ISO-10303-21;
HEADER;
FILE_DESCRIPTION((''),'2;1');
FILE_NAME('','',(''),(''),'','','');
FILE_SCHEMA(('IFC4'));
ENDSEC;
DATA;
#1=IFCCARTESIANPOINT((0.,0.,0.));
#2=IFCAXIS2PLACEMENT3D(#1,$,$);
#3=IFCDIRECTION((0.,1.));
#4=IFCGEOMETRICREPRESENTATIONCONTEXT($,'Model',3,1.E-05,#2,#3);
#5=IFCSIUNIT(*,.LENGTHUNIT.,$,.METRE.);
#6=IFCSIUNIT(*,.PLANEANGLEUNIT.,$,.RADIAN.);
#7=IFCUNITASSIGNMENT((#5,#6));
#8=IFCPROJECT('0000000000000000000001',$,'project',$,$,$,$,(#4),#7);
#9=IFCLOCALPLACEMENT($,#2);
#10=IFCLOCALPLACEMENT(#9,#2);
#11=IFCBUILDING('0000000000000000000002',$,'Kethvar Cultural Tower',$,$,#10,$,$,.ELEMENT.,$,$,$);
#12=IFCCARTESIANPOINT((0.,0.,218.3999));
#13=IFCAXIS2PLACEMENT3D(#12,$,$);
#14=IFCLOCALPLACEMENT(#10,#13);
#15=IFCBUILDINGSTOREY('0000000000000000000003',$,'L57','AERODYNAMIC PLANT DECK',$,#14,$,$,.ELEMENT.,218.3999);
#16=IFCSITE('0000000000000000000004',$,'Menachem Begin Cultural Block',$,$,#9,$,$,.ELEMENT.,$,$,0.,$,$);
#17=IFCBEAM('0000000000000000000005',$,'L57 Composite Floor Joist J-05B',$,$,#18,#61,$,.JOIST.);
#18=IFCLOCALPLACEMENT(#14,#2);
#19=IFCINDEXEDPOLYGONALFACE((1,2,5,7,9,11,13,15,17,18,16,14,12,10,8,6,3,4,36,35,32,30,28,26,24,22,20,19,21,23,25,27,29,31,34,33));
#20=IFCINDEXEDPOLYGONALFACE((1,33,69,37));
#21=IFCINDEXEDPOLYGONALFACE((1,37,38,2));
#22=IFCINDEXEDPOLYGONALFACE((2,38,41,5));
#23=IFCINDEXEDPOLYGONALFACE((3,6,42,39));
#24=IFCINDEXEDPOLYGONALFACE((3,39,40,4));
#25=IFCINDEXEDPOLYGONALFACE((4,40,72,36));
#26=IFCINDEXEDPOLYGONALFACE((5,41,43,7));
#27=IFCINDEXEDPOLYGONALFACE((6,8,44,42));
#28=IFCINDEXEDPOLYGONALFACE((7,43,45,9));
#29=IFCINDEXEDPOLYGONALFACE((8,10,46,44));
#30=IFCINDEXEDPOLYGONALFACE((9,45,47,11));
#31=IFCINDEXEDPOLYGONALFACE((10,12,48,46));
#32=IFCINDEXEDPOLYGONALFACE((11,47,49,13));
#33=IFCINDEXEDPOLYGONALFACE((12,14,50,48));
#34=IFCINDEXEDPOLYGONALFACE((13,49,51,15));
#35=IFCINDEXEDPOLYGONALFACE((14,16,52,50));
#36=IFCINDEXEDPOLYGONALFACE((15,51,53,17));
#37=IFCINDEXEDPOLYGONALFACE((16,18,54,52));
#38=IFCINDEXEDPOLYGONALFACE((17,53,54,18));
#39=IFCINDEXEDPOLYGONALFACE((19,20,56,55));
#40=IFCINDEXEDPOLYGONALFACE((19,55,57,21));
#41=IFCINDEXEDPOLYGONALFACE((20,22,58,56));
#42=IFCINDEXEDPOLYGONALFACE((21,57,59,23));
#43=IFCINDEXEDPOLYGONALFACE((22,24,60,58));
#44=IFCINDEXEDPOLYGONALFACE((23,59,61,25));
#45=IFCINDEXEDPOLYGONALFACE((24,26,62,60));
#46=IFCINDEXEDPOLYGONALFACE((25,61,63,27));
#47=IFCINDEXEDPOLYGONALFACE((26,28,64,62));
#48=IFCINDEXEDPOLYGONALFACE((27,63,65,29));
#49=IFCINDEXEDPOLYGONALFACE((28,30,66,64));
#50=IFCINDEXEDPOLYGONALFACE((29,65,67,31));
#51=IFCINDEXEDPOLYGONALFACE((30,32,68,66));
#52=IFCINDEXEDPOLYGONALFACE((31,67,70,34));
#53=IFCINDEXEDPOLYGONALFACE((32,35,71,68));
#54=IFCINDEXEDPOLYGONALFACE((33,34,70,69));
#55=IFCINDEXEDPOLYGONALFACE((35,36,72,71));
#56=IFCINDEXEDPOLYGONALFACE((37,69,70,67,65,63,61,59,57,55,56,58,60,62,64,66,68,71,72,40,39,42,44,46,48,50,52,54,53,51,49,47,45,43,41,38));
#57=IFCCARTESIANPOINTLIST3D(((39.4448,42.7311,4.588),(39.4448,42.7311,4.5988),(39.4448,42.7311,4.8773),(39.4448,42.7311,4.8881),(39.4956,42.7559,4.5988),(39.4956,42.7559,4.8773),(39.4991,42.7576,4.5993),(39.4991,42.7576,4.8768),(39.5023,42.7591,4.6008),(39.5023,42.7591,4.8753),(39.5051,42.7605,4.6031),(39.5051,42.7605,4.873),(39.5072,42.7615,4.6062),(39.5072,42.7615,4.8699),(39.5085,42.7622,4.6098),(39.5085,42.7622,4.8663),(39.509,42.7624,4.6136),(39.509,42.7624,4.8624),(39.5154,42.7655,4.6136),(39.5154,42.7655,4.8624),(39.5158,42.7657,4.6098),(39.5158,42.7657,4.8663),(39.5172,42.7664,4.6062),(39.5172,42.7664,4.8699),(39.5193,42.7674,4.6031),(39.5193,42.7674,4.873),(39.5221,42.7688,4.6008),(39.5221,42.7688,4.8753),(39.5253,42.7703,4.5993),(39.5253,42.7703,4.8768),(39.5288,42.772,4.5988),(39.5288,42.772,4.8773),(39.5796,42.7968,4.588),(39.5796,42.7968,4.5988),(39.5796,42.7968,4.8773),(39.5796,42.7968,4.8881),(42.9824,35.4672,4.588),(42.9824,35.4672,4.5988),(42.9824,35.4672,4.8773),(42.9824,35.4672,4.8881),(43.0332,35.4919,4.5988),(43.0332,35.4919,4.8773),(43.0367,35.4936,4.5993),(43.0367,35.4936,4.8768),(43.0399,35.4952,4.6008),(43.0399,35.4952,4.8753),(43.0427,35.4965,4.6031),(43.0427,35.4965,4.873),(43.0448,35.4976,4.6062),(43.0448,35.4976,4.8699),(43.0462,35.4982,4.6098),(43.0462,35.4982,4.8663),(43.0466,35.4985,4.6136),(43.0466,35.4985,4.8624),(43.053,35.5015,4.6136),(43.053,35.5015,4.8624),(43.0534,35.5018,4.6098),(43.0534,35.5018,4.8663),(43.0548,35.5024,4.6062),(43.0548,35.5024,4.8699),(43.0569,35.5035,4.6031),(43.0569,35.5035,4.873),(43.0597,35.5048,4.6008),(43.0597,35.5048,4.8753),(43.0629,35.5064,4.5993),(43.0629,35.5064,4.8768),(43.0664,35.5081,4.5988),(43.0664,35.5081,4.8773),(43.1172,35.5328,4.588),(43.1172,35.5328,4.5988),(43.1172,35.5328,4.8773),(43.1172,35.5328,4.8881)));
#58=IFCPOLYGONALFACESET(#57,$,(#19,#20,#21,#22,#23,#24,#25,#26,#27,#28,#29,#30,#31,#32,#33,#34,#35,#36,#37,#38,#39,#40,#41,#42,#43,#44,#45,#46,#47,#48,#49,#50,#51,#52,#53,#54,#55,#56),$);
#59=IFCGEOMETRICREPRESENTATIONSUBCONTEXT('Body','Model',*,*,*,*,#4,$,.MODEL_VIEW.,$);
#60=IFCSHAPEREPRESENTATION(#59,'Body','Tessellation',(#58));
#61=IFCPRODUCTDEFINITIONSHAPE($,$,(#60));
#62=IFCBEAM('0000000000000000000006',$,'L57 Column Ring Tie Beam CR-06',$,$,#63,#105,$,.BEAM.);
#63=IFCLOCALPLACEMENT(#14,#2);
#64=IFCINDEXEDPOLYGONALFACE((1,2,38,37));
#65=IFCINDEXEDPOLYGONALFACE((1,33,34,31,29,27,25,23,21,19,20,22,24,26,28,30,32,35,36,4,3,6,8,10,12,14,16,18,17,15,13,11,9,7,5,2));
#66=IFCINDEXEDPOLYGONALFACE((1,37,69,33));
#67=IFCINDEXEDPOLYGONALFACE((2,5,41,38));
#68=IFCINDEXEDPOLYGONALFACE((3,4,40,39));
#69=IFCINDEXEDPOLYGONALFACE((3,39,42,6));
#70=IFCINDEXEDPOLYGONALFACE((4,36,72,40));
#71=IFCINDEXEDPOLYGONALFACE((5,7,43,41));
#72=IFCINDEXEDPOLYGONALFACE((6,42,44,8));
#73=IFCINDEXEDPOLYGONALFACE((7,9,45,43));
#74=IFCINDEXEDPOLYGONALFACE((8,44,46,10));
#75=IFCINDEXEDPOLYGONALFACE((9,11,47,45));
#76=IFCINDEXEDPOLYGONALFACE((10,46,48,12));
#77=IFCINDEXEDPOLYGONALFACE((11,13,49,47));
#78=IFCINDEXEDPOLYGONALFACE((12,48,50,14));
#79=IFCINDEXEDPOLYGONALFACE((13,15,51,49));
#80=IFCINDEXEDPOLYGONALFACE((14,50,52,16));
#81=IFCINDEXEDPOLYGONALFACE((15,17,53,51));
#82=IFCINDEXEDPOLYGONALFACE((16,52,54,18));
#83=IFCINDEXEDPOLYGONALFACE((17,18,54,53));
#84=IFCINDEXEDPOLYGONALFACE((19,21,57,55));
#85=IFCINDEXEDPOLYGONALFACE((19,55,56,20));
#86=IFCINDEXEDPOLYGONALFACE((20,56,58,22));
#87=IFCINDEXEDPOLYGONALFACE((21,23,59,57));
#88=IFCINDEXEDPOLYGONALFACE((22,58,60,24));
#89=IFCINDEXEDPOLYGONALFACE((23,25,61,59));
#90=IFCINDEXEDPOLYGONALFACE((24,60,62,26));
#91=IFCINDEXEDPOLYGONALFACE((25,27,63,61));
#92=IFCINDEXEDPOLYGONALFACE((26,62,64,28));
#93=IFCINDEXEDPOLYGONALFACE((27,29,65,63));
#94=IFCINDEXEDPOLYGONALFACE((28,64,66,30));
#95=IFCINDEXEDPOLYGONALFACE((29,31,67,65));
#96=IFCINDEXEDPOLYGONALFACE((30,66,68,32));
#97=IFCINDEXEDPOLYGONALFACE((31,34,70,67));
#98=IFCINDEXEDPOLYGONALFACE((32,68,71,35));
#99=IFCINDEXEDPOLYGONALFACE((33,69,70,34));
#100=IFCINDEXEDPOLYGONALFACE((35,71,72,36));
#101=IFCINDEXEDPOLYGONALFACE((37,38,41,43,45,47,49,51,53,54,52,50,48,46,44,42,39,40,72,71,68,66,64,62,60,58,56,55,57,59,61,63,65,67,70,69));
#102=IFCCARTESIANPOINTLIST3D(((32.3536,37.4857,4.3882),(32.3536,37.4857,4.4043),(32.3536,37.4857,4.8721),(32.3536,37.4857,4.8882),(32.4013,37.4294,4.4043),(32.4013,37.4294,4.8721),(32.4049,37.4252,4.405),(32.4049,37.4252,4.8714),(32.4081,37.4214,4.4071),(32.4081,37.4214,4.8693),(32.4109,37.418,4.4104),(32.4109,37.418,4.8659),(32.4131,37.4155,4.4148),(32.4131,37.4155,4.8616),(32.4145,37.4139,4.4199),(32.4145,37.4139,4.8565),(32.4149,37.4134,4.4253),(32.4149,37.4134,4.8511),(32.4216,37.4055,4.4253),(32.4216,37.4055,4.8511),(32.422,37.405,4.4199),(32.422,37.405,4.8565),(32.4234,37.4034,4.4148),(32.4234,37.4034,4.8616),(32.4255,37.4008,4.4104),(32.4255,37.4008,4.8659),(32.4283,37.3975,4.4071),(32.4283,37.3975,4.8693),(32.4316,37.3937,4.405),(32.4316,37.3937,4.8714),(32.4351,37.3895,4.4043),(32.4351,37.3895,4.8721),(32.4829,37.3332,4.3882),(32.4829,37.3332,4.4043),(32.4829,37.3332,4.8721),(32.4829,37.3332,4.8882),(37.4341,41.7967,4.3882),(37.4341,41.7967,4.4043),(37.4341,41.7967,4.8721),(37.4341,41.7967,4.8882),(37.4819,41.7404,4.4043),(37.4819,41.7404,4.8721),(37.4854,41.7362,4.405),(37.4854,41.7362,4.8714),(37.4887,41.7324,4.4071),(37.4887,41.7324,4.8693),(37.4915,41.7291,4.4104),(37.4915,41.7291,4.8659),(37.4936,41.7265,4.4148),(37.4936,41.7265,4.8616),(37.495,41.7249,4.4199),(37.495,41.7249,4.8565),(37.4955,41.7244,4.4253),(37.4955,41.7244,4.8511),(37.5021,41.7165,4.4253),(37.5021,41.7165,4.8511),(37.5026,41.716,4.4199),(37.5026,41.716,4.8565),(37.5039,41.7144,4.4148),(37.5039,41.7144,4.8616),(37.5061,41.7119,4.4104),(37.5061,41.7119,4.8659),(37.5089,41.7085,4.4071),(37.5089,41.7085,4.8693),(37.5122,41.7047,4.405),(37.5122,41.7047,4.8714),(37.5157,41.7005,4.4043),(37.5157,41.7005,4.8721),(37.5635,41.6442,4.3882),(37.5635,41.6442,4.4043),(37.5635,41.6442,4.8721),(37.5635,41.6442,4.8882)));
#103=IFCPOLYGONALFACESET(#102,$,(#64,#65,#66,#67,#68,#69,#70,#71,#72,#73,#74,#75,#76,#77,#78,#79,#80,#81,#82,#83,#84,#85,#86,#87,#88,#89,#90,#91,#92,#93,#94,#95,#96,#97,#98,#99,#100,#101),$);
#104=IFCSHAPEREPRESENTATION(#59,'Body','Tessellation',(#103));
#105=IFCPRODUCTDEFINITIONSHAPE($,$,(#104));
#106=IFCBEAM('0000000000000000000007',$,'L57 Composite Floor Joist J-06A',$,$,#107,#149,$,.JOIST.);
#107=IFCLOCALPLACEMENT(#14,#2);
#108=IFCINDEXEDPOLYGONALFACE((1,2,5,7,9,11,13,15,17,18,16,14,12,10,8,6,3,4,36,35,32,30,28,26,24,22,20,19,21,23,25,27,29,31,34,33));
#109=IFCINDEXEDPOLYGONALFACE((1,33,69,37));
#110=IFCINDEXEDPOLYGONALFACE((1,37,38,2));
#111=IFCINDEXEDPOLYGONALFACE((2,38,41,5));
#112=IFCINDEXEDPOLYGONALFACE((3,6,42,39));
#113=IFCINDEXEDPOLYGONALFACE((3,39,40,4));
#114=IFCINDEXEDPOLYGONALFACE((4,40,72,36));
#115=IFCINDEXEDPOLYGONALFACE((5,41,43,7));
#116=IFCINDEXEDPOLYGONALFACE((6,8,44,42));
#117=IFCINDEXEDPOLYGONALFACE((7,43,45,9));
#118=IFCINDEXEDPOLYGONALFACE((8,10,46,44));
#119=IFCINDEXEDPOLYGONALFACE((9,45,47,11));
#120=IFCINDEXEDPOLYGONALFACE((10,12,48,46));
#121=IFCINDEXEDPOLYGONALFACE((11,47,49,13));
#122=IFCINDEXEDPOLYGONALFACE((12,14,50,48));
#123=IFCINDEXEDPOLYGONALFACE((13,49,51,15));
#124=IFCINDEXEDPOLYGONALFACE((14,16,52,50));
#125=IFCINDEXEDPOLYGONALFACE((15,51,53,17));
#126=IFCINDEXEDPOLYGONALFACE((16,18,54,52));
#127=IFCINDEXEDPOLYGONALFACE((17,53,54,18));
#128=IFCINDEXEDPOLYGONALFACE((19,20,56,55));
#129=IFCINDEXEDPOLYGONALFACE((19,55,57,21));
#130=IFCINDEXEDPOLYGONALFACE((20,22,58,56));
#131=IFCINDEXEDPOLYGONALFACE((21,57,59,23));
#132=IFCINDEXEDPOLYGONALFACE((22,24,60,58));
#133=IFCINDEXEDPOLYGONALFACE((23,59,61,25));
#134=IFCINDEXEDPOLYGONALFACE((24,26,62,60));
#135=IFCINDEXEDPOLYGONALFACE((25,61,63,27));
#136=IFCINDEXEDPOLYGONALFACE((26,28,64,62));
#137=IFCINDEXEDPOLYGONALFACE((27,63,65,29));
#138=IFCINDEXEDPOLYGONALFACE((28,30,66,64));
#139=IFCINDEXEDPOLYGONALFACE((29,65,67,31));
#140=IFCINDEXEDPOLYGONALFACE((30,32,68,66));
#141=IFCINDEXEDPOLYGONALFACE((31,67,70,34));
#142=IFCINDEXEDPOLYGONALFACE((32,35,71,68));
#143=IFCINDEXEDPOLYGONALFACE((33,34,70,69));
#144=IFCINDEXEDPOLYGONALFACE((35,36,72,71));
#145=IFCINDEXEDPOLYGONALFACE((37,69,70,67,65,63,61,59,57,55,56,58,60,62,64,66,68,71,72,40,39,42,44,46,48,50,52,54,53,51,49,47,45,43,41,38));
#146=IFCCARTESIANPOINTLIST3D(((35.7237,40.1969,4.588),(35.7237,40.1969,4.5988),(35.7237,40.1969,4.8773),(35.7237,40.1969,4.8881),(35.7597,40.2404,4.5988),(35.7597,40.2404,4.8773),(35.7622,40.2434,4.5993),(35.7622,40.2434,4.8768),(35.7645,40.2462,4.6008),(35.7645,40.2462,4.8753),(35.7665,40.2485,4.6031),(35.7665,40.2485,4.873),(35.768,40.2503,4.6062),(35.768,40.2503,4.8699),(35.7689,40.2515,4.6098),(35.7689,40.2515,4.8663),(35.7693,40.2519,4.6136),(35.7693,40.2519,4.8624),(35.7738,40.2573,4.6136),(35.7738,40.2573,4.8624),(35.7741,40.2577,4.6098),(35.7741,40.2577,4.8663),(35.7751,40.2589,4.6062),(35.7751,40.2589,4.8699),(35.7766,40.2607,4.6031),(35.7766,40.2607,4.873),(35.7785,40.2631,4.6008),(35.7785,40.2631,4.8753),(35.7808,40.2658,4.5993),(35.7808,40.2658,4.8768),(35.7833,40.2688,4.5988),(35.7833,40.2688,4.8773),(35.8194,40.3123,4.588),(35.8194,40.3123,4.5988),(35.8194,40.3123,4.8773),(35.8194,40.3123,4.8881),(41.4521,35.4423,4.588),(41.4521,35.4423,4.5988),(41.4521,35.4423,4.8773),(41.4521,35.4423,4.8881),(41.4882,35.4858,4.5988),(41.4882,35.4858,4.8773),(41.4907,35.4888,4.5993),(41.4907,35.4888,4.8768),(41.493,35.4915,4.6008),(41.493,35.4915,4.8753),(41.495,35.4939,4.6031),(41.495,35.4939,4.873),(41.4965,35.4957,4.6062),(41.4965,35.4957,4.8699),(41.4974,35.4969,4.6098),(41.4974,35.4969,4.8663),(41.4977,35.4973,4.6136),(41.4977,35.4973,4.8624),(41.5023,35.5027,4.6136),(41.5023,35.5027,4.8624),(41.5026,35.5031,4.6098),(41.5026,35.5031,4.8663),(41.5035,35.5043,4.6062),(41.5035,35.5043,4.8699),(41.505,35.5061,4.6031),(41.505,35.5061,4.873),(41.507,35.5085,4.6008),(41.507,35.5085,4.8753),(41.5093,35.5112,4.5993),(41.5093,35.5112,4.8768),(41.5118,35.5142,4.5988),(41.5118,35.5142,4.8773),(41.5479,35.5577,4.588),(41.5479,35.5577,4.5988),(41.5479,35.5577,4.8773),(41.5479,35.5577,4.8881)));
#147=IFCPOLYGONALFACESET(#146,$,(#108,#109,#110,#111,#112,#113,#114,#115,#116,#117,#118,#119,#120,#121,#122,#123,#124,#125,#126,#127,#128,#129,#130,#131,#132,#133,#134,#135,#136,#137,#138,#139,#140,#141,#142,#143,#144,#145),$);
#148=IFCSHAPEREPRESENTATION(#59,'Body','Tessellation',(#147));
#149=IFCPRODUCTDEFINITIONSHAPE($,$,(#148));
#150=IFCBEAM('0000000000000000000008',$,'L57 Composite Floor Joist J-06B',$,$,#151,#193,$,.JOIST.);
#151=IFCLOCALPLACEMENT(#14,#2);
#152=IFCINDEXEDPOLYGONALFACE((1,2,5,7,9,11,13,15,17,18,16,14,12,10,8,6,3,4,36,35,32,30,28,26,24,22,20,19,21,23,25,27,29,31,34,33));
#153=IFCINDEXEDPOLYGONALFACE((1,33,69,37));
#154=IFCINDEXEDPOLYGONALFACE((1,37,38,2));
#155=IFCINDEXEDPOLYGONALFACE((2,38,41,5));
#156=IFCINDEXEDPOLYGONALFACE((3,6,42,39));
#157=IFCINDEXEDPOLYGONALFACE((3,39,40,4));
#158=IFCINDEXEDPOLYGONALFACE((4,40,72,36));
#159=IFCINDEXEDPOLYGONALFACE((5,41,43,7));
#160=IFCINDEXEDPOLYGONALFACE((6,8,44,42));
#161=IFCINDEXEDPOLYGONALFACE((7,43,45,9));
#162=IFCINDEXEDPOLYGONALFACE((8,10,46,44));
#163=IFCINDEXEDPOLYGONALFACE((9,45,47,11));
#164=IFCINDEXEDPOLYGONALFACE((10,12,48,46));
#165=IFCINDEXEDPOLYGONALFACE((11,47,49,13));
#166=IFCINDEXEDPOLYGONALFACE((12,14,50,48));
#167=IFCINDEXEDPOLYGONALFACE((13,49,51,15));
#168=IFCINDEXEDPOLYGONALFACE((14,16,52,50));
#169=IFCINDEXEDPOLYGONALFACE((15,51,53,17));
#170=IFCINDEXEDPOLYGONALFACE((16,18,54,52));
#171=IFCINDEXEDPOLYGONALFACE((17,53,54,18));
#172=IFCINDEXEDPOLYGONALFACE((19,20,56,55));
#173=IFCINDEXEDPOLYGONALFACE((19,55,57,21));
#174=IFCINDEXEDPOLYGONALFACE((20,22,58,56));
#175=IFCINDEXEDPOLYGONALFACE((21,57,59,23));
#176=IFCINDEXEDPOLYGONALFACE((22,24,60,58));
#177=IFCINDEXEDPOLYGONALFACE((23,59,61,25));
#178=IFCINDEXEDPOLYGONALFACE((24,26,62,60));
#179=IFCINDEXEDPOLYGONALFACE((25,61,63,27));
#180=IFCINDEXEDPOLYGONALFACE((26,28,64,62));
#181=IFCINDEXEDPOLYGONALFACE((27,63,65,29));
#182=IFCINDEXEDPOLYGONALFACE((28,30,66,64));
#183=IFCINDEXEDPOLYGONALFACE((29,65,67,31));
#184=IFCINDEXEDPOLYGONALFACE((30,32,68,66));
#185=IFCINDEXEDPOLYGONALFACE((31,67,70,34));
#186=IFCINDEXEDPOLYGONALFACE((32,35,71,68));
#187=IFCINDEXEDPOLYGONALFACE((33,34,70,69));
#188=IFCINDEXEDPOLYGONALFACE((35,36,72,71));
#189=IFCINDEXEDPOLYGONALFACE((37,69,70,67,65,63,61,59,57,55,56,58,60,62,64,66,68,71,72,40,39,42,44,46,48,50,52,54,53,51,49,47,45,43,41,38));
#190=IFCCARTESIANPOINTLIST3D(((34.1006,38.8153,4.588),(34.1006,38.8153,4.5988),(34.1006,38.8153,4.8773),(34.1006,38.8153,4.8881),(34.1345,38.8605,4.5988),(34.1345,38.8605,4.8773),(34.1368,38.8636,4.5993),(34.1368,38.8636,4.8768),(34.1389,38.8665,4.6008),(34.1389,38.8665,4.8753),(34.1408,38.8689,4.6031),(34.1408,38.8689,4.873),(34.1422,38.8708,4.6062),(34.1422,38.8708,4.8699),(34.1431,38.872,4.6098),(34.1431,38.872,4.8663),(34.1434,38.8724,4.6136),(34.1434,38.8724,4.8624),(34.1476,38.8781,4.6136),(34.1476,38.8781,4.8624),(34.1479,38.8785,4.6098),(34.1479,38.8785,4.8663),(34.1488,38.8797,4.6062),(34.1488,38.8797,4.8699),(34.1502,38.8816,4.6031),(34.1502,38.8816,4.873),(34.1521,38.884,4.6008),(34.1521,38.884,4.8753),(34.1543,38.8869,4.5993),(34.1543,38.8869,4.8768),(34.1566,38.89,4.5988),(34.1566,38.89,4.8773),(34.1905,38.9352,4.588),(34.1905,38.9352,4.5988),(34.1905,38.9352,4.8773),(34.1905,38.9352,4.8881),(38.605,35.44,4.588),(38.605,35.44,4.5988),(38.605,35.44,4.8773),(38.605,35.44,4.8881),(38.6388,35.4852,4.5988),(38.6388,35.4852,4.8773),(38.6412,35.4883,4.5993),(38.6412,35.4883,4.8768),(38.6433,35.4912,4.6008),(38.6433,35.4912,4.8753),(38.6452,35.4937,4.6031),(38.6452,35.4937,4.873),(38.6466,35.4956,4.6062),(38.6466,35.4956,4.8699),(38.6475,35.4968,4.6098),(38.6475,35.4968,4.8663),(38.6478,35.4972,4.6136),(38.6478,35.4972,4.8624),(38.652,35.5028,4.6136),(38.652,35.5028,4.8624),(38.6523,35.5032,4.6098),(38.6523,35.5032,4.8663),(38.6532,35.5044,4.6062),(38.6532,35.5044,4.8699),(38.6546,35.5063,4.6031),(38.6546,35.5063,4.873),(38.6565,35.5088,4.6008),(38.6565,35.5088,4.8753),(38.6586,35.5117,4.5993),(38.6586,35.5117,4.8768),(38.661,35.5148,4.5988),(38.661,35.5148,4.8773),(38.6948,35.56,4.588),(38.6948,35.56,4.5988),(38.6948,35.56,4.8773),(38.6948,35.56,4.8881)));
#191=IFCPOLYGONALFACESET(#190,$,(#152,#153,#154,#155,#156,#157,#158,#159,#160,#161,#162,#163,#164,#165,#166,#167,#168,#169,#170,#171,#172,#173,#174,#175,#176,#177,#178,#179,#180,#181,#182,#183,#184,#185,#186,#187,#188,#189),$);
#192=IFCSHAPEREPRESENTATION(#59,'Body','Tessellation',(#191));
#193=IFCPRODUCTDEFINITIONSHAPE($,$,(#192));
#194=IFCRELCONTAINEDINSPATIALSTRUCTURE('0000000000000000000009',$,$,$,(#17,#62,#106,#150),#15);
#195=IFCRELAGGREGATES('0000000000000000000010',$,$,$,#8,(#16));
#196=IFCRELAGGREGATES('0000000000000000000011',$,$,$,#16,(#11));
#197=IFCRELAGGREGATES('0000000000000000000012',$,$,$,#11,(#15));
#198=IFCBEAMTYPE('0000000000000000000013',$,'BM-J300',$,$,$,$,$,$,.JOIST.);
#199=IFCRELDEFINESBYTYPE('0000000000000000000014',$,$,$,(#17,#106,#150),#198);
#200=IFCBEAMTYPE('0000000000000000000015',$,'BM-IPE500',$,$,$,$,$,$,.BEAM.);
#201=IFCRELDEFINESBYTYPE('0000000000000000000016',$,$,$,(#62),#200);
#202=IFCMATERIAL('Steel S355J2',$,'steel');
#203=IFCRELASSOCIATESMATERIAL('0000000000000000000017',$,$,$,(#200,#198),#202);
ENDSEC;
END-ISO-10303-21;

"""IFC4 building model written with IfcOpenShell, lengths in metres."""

from ifc_helpers import new_model, si_unit, direction, frame, origin, origin_2d, place, context, subcontext, project, spatial, i_section, extrude, source, transform, mapped, material, material_profile, profile_set, type_object, element, save


model = new_model("IFC4")

# Units and contexts
model_context = context("Model", 3, precision=1e-05, world=origin(), true_north=direction((0.0, 1.0)))
body_context = subcontext(model_context, "Body", "Model", "MODEL_VIEW")
ifc_project = project(units=[si_unit("LENGTHUNIT", "METRE"), si_unit("PLANEANGLEUNIT", "RADIAN")], contexts=[model_context])

# Site, building, storey
site_placement = place(None, origin())
site = spatial("IfcSite", under=ifc_project, at=site_placement, Name="Menachem Begin Cultural Block", CompositionType="ELEMENT", RefElevation=0.0)
building_placement = place(site_placement, origin())
building = spatial("IfcBuilding", under=site, at=building_placement, Name="Kethvar Cultural Tower", CompositionType="ELEMENT")
storey_placement = place(building_placement, frame((0.0, 0.0, 218.3999)))
storey = spatial("IfcBuildingStorey", under=building, at=storey_placement, Name="L57", Description="AERODYNAMIC PLANT DECK", CompositionType="ELEMENT", Elevation=218.3999)

# Beams
ifc_material_1 = material(Name="Steel S355J2", Category="steel")
ifc_material_profile_1 = material_profile(ifc_material_1, i_section(OverallWidth=0.2, OverallDepth=0.5, WebThickness=0.0103, FlangeThickness=0.0161, FilletRadius=0.021, at=origin_2d()), Name="Steel S355J2 — IPE500")
ifc_profile_set_1 = profile_set([ifc_material_profile_1], Name="Steel S355J2 — IPE500")
beam_type_1 = type_object("IfcBeamType", Name="BM-IPE500", PredefinedType="BEAM", material=ifc_profile_set_1)
ifc_material_profile_2 = material_profile(ifc_material_1, i_section(OverallWidth=0.1499, OverallDepth=0.3, WebThickness=0.0071, FlangeThickness=0.0107, FilletRadius=0.0149, at=origin_2d()), Name="Steel S355J2 — IPE300")
ifc_profile_set_2 = profile_set([ifc_material_profile_2], Name="Steel S355J2 — IPE300")
beam_type_2 = type_object("IfcBeamType", Name="BM-J300", PredefinedType="JOIST", material=ifc_profile_set_2)
shared_shape_1 = source(origin(), body_context, "Body", "SweptSolid", [
    extrude(i_section(OverallWidth=0.1499, OverallDepth=0.3, WebThickness=0.0071, FlangeThickness=0.0107, FilletRadius=0.0149, at=origin_2d()), origin(), (0.0, 0.0, 1.0), 8.0796),
])
beam_1_placement = place(storey_placement, frame((43.0498, 35.5, 4.738), z_axis=(-0.437846, 0.89905, 0.0), x_axis=(-0.89905, -0.437846, 0.0)))
element("IfcBeam", 1, at=beam_1_placement, inside=storey, type_object=beam_type_2, Name="L57 Composite Floor Joist J-05B", PredefinedType="JOIST", context=body_context, shape_type="MappedRepresentation", body=[
    mapped(shared_shape_1, transform((0.0, 0.0, 0.0), scale=1.0)),
])
shared_shape_2 = source(origin(), body_context, "Body", "SweptSolid", [
    extrude(i_section(OverallWidth=0.2, OverallDepth=0.5, WebThickness=0.0103, FlangeThickness=0.0161, FilletRadius=0.021, at=origin_2d()), origin(), (0.0, 0.0, 1.0), 6.6631),
])
beam_2_placement = place(storey_placement, frame((37.4988, 41.7205, 4.6382), z_axis=(-0.762491, -0.646999, 0.0), x_axis=(0.646999, -0.762491, 0.0)))
element("IfcBeam", 2, at=beam_2_placement, inside=storey, type_object=beam_type_1, Name="L57 Column Ring Tie Beam CR-06", PredefinedType="BEAM", context=body_context, shape_type="MappedRepresentation", body=[
    mapped(shared_shape_2, transform((0.0, 0.0, 0.0), scale=1.0)),
])
shared_shape_3 = source(origin(), body_context, "Body", "SweptSolid", [
    extrude(i_section(OverallWidth=0.1499, OverallDepth=0.3, WebThickness=0.0071, FlangeThickness=0.0107, FilletRadius=0.0149, at=origin_2d()), origin(), (0.0, 0.0, 1.0), 7.4446),
])
beam_3_placement = place(storey_placement, frame((41.5, 35.5, 4.738), z_axis=(-0.769483, 0.638667, 0.0), x_axis=(-0.638667, -0.769483, 0.0)))
element("IfcBeam", 3, at=beam_3_placement, inside=storey, type_object=beam_type_2, Name="L57 Composite Floor Joist J-06A", PredefinedType="JOIST", context=body_context, shape_type="MappedRepresentation", body=[
    mapped(shared_shape_3, transform((0.0, 0.0, 0.0), scale=1.0)),
])
shared_shape_4 = source(origin(), body_context, "Body", "SweptSolid", [
    extrude(i_section(OverallWidth=0.1499, OverallDepth=0.3, WebThickness=0.0071, FlangeThickness=0.0107, FilletRadius=0.0149, at=origin_2d()), origin(), (0.0, 0.0, 1.0), 5.6287),
])
beam_4_placement = place(storey_placement, frame((38.6499, 35.5, 4.738), z_axis=(-0.80026, 0.599653, 0.0), x_axis=(-0.599653, -0.80026, 0.0)))
element("IfcBeam", 4, at=beam_4_placement, inside=storey, type_object=beam_type_2, Name="L57 Composite Floor Joist J-06B", PredefinedType="JOIST", context=body_context, shape_type="MappedRepresentation", body=[
    mapped(shared_shape_4, transform((0.0, 0.0, 0.0), scale=1.0)),
])

save(model, "model.ifc")
